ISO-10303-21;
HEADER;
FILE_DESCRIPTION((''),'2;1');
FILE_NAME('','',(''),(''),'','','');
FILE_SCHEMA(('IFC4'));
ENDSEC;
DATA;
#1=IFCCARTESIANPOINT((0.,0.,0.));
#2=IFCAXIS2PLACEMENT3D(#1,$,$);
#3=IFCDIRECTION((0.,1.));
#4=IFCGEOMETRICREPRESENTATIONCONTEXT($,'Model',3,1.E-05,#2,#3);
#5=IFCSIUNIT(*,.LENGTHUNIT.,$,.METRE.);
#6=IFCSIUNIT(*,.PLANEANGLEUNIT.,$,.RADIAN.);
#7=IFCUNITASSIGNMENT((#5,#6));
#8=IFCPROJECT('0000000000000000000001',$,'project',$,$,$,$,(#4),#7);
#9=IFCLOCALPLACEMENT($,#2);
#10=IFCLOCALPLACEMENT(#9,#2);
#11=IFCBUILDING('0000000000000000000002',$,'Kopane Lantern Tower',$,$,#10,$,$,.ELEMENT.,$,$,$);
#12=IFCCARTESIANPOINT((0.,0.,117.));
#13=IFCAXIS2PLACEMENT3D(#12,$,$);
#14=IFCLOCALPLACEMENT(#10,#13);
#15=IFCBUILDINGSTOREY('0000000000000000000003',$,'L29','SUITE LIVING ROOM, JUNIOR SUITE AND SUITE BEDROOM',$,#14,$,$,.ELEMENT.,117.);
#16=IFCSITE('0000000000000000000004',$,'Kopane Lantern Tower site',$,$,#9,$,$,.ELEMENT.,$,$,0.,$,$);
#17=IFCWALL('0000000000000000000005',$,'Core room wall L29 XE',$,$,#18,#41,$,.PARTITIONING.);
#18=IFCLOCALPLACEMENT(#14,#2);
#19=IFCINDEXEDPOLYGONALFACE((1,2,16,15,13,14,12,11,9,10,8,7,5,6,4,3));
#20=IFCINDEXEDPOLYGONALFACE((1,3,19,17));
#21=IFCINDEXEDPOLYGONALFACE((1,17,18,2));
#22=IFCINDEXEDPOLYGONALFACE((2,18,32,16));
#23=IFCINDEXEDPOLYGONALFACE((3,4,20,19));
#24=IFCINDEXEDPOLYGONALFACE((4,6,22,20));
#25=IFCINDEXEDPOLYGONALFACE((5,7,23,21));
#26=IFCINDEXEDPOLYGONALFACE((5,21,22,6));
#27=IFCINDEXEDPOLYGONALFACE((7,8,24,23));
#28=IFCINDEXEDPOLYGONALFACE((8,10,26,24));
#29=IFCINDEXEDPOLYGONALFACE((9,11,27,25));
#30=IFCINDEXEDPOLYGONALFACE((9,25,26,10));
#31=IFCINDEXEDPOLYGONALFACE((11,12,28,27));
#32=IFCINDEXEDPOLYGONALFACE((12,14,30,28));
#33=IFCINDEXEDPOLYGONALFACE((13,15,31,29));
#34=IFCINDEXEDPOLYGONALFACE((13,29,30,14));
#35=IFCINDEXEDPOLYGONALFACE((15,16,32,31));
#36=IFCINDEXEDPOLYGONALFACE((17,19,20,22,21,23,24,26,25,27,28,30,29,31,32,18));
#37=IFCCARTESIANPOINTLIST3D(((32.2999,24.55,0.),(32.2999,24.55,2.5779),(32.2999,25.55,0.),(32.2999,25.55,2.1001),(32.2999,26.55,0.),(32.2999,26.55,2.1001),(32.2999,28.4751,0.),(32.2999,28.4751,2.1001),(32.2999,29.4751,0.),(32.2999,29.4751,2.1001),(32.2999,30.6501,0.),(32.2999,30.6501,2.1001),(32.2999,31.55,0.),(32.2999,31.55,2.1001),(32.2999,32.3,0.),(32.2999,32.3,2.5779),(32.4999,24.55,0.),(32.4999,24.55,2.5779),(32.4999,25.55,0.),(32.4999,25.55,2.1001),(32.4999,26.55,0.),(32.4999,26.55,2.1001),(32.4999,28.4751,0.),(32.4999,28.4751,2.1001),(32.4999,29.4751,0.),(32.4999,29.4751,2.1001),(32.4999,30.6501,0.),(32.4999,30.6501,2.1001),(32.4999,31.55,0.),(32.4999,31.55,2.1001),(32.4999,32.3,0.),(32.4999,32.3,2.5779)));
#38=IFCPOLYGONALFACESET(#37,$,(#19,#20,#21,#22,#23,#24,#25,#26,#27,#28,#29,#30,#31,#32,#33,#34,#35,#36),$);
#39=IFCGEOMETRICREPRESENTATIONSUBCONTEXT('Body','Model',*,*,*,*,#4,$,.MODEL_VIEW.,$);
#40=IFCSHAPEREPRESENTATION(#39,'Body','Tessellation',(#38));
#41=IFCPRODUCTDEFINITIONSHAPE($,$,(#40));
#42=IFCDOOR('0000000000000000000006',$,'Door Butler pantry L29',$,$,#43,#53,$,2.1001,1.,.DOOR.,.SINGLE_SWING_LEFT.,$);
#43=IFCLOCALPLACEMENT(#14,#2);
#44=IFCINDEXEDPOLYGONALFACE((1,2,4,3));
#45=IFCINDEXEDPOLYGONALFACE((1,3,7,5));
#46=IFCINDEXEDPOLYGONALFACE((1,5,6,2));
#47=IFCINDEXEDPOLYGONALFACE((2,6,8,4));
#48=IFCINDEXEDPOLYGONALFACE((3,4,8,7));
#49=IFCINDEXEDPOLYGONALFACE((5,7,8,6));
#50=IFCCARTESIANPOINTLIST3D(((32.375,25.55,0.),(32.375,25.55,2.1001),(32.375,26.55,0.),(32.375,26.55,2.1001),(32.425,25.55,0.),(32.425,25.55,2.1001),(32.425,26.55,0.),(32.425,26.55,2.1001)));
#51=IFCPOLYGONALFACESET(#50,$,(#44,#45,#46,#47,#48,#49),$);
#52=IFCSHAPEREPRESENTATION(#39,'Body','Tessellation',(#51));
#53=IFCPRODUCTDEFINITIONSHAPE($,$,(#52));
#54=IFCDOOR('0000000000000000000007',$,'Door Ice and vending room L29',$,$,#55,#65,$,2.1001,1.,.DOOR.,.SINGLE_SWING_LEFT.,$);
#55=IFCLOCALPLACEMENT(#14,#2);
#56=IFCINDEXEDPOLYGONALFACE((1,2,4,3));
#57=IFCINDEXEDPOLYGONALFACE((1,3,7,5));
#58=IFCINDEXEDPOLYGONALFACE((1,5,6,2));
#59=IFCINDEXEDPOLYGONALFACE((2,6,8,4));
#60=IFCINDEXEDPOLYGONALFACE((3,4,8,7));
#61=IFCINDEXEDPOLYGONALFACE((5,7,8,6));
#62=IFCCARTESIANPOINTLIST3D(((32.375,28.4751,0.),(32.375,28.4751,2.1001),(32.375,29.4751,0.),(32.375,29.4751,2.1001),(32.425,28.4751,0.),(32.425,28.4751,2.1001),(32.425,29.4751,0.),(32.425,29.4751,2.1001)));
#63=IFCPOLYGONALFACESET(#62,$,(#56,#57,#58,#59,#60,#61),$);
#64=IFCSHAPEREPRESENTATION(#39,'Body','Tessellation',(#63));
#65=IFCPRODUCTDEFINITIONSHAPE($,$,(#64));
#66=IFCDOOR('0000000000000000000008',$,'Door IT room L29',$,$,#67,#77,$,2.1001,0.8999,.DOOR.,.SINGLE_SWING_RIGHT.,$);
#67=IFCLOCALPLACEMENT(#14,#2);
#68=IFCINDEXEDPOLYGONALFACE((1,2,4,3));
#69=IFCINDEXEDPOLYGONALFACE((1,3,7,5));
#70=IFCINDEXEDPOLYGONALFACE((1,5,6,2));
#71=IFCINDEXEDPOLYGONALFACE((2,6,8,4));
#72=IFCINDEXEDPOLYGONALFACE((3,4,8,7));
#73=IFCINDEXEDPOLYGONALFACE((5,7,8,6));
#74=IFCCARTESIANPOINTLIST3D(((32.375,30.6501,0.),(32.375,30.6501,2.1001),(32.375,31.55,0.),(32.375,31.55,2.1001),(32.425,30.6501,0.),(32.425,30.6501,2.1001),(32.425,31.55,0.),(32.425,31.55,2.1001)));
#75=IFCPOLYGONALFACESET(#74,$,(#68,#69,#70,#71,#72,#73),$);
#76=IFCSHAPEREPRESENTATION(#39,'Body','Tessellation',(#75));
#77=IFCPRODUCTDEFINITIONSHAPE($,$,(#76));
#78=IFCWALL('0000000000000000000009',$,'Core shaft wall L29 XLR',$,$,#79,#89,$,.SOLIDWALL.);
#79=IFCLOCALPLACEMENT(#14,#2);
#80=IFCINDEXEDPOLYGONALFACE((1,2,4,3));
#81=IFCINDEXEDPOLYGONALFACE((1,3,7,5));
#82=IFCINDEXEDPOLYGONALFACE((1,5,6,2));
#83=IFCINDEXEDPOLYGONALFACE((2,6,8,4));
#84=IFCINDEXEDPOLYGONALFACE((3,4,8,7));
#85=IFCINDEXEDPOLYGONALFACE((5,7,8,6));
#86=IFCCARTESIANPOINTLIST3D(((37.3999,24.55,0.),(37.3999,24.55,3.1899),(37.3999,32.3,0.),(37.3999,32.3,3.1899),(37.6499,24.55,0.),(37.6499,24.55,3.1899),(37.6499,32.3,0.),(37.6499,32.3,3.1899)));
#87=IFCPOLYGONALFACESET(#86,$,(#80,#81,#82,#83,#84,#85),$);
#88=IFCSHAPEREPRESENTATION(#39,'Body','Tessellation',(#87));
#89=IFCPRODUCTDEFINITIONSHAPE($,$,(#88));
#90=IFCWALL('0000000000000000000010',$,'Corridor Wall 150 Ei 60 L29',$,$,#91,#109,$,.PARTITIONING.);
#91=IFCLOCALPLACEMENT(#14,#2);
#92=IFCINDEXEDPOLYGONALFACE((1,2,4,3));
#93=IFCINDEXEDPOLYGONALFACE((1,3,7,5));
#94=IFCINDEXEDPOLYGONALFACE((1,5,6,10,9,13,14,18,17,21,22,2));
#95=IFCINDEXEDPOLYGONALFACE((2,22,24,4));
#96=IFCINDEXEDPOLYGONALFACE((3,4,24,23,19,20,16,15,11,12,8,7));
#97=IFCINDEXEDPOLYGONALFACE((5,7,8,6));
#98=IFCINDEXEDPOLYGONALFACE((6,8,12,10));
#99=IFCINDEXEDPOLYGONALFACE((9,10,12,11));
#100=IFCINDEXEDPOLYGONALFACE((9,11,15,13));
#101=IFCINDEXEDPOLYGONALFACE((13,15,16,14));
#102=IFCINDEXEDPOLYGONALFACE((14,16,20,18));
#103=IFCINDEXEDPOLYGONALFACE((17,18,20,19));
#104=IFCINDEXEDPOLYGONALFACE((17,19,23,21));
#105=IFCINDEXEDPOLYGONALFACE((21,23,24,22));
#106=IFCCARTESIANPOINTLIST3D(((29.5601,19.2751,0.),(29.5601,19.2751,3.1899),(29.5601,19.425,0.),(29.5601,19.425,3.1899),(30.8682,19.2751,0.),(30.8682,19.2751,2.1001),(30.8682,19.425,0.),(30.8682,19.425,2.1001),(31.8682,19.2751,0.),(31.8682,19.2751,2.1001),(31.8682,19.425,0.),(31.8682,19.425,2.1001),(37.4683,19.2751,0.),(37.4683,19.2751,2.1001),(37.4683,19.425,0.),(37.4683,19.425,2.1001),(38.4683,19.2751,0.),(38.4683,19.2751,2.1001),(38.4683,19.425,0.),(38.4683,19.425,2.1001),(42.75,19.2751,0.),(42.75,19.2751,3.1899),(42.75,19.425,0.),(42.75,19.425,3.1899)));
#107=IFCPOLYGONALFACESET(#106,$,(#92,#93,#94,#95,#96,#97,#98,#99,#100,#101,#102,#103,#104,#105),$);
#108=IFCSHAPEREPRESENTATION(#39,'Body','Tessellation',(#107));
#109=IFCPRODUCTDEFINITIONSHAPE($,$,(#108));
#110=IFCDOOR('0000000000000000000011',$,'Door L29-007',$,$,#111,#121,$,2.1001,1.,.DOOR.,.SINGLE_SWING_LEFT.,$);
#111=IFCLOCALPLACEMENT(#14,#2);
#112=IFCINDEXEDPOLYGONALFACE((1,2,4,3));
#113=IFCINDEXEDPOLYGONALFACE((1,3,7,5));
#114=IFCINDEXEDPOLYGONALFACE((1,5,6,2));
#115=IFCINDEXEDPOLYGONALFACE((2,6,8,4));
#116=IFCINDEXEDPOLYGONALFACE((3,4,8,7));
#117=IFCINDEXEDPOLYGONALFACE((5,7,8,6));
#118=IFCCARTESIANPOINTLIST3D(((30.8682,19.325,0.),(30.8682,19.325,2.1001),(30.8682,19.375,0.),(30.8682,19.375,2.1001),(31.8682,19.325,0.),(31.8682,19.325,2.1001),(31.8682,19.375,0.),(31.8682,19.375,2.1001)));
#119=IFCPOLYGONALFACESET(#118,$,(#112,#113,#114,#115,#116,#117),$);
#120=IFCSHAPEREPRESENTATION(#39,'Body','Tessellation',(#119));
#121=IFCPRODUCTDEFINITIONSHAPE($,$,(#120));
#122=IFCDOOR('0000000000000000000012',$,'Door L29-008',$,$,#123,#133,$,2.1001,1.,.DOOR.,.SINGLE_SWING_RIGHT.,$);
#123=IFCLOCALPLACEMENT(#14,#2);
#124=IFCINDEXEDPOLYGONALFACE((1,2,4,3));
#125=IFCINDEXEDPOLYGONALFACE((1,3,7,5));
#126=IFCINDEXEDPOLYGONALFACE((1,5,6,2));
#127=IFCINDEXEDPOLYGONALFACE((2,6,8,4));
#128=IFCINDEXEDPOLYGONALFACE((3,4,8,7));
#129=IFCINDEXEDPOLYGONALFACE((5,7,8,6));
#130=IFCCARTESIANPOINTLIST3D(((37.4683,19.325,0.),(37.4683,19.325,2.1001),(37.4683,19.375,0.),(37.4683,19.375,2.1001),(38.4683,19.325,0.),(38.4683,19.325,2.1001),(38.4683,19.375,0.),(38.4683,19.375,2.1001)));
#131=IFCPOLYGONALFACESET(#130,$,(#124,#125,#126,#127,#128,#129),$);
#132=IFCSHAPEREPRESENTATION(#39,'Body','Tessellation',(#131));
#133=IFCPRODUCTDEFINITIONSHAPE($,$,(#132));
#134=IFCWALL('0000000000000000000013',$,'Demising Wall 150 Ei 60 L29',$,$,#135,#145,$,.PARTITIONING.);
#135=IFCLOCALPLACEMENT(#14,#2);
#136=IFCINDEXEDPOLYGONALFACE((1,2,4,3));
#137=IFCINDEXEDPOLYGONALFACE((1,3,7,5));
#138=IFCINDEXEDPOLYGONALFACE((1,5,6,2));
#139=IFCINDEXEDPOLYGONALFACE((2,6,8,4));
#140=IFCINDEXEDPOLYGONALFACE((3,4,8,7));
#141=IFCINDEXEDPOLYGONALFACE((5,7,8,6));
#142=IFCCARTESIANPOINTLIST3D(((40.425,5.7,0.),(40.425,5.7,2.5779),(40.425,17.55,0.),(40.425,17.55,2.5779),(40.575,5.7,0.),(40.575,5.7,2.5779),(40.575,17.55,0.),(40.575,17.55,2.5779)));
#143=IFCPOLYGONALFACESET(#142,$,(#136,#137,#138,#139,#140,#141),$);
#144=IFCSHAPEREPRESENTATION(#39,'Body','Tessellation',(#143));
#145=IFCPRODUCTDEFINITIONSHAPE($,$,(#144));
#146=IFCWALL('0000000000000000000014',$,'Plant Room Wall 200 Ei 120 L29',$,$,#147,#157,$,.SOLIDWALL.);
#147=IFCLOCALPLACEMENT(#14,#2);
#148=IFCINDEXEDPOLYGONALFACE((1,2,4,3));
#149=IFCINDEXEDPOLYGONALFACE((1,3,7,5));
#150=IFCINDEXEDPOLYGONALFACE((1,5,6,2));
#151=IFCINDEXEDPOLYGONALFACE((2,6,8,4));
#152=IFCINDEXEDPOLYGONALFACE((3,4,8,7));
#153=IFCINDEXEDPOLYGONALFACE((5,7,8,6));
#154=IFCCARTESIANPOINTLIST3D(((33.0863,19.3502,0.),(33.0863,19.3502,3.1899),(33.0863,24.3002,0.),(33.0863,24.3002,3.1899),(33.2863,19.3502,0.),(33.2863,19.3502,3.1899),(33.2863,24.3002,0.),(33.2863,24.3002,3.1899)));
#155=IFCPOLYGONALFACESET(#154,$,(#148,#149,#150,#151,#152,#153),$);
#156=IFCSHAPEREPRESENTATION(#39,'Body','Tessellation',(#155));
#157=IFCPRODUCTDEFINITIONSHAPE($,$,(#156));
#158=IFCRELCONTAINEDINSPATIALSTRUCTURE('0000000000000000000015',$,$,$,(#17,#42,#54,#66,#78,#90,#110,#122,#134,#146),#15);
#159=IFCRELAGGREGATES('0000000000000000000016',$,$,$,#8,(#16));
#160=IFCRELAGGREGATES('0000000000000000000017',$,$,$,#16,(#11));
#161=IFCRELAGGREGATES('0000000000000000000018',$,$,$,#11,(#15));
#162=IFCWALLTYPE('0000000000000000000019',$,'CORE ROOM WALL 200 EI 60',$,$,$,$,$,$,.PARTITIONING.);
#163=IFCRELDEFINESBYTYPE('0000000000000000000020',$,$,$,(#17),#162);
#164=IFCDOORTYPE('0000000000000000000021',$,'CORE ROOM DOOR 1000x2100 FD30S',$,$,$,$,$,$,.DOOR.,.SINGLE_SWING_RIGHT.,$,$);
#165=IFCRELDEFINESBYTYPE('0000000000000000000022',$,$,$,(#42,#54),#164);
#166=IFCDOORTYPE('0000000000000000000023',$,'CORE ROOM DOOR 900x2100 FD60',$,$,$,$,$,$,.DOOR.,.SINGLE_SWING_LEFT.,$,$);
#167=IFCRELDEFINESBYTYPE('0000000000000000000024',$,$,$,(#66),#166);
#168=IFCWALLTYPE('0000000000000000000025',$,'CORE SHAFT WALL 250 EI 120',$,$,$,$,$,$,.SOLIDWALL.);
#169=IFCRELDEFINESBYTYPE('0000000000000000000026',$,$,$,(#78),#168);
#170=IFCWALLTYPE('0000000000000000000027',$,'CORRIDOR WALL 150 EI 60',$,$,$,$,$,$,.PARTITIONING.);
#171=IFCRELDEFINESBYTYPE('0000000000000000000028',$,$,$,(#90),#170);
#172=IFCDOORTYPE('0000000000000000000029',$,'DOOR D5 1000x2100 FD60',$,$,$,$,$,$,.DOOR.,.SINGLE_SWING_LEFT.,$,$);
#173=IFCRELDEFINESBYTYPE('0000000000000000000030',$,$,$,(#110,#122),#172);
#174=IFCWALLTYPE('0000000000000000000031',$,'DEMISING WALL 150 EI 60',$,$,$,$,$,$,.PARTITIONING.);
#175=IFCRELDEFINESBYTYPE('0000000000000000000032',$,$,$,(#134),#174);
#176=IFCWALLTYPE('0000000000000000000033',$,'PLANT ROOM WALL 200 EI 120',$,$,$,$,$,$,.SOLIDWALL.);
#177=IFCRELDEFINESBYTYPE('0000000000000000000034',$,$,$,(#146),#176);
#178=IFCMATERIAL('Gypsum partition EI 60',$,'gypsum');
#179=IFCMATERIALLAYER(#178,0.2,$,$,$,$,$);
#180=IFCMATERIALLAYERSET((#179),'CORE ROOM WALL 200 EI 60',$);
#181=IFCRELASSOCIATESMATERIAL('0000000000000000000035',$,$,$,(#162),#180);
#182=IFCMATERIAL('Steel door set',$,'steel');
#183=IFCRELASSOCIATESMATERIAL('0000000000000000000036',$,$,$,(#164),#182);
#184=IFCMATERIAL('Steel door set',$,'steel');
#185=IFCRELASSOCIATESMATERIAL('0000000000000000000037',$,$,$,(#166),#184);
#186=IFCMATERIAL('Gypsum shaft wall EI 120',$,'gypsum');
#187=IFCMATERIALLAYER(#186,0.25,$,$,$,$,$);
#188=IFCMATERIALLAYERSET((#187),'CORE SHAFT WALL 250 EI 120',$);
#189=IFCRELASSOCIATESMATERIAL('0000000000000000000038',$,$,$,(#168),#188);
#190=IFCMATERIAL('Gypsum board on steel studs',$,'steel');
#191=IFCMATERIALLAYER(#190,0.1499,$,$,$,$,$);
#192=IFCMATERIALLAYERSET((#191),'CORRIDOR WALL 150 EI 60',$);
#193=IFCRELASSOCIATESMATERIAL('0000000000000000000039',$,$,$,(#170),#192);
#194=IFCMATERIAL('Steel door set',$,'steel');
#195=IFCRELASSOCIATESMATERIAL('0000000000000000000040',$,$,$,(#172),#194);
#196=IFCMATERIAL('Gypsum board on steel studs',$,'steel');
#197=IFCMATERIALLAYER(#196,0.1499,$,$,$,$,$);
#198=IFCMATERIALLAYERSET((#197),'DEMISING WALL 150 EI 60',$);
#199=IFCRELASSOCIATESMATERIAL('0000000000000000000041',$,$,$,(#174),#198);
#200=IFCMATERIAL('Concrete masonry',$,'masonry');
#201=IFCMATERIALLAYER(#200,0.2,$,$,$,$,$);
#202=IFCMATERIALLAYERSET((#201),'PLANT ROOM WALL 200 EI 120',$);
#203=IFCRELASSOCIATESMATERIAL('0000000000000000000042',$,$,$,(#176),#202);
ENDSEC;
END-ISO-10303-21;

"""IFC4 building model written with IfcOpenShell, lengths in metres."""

from ifc_helpers import new_model, si_unit, direction, frame, frame_2d, origin, place, context, subcontext, project, spatial, rectangle, extrude, material, layer, layer_set, type_object, element, fill, save


model = new_model("IFC4")

# Units and contexts
model_context = context("Model", 3, precision=1e-05, world=origin(), true_north=direction((0.0, 1.0)))
body_context = subcontext(model_context, "Body", "Model", "MODEL_VIEW")
ifc_project = project(units=[si_unit("LENGTHUNIT", "METRE"), si_unit("PLANEANGLEUNIT", "RADIAN")], contexts=[model_context])

# Site, building, storey
site_placement = place(None, origin())
site = spatial("IfcSite", under=ifc_project, at=site_placement, Name="Kopane Lantern Tower site", CompositionType="ELEMENT", RefElevation=0.0)
building_placement = place(site_placement, origin())
building = spatial("IfcBuilding", under=site, at=building_placement, Name="Kopane Lantern Tower", CompositionType="ELEMENT")
storey_placement = place(building_placement, frame((0.0, 0.0, 117.0)))
storey = spatial("IfcBuildingStorey", under=building, at=storey_placement, Name="L29", Description="SUITE LIVING ROOM, JUNIOR SUITE AND SUITE BEDROOM", CompositionType="ELEMENT", Elevation=117.0)

# Wall, openings, doors
ifc_material_1 = material(Name="Gypsum partition EI 60", Category="gypsum")
ifc_layer_1 = layer(ifc_material_1, 0.2)
ifc_layer_set_1 = layer_set([ifc_layer_1], Name="CORE ROOM WALL 200 EI 60")
wall_type_1 = type_object("IfcWallType", Name="CORE ROOM WALL 200 EI 60", PredefinedType="PARTITIONING", material=ifc_layer_set_1)
wall_1_placement = place(storey_placement, frame((32.3999, 24.55, 0.0), z_axis=(0.0, 0.0, 1.0), x_axis=(0.0, 1.0, 0.0)))
wall_1 = element("IfcWall", 1, at=wall_1_placement, inside=storey, type_object=wall_type_1, Name="Core room wall L29 XE", PredefinedType="PARTITIONING", context=body_context, shape_type="SweptSolid", body=[
    extrude(rectangle(XDim=7.75, YDim=0.2, at=frame_2d((3.875, 0.0))), origin(), (0.0, 0.0, 1.0), 2.5779),
])
opening_1_placement = place(wall_1_placement, frame((1.0, 0.0, 0.0)))
opening_1 = element("IfcOpeningElement", 2, at=opening_1_placement, cuts=wall_1, PredefinedType="OPENING", context=body_context, shape_type="SweptSolid", body=[
    extrude(rectangle(XDim=1.0, YDim=2.1001, at=frame_2d((0.5, 1.05))), frame((0.0, 0.1099, 0.0), z_axis=(0.0, -1.0, 0.0), x_axis=(1.0, 0.0, 0.0)), (0.0, 0.0, 1.0), 0.22),
])
opening_2_placement = place(wall_1_placement, frame((3.925, 0.0, 0.0)))
opening_2 = element("IfcOpeningElement", 3, at=opening_2_placement, cuts=wall_1, PredefinedType="OPENING", context=body_context, shape_type="SweptSolid", body=[
    extrude(rectangle(XDim=1.0, YDim=2.1001, at=frame_2d((0.5, 1.05))), frame((0.0, 0.1099, 0.0), z_axis=(0.0, -1.0, 0.0), x_axis=(1.0, 0.0, 0.0)), (0.0, 0.0, 1.0), 0.22),
])
opening_3_placement = place(wall_1_placement, frame((6.1001, 0.0, 0.0)))
opening_3 = element("IfcOpeningElement", 4, at=opening_3_placement, cuts=wall_1, PredefinedType="OPENING", context=body_context, shape_type="SweptSolid", body=[
    extrude(rectangle(XDim=0.8999, YDim=2.1001, at=frame_2d((0.45, 1.05))), frame((0.0, 0.1099, 0.0), z_axis=(0.0, -1.0, 0.0), x_axis=(1.0, 0.0, 0.0)), (0.0, 0.0, 1.0), 0.22),
])
ifc_material_2 = material(Name="Steel door set", Category="steel")
door_type_1 = type_object("IfcDoorType", Name="CORE ROOM DOOR 1000x2100 FD30S", OperationType="SINGLE_SWING_RIGHT", PredefinedType="DOOR", material=ifc_material_2)
door_1_placement = place(opening_1_placement, origin())
door_1 = element("IfcDoor", 5, at=door_1_placement, inside=storey, type_object=door_type_1, Name="Door Butler pantry L29", OperationType="SINGLE_SWING_LEFT", OverallHeight=2.1001, OverallWidth=1.0, PredefinedType="DOOR", context=body_context, shape_type="SweptSolid", body=[
    extrude(rectangle(XDim=1.0, YDim=2.1001, at=frame_2d((0.5, 1.05))), frame((0.0, 0.0249, 0.0), z_axis=(0.0, -1.0, 0.0), x_axis=(1.0, 0.0, 0.0)), (0.0, 0.0, 1.0), 0.05),
])
fill(opening_1, door_1)
door_2_placement = place(opening_2_placement, origin())
door_2 = element("IfcDoor", 6, at=door_2_placement, inside=storey, type_object=door_type_1, Name="Door Ice and vending room L29", OperationType="SINGLE_SWING_LEFT", OverallHeight=2.1001, OverallWidth=1.0, PredefinedType="DOOR", context=body_context, shape_type="SweptSolid", body=[
    extrude(rectangle(XDim=1.0, YDim=2.1001, at=frame_2d((0.5, 1.05))), frame((0.0, 0.0249, 0.0), z_axis=(0.0, -1.0, 0.0), x_axis=(1.0, 0.0, 0.0)), (0.0, 0.0, 1.0), 0.05),
])
fill(opening_2, door_2)
ifc_material_3 = material(Name="Steel door set", Category="steel")
door_type_2 = type_object("IfcDoorType", Name="CORE ROOM DOOR 900x2100 FD60", OperationType="SINGLE_SWING_LEFT", PredefinedType="DOOR", material=ifc_material_3)
door_3_placement = place(opening_3_placement, origin())
door_3 = element("IfcDoor", 7, at=door_3_placement, inside=storey, type_object=door_type_2, Name="Door IT room L29", OperationType="SINGLE_SWING_RIGHT", OverallHeight=2.1001, OverallWidth=0.8999, PredefinedType="DOOR", context=body_context, shape_type="SweptSolid", body=[
    extrude(rectangle(XDim=0.8999, YDim=2.1001, at=frame_2d((0.45, 1.05))), frame((0.0, 0.0249, 0.0), z_axis=(0.0, -1.0, 0.0), x_axis=(1.0, 0.0, 0.0)), (0.0, 0.0, 1.0), 0.05),
])
fill(opening_3, door_3)

# Wall
ifc_material_4 = material(Name="Gypsum shaft wall EI 120", Category="gypsum")
ifc_layer_2 = layer(ifc_material_4, 0.25)
ifc_layer_set_2 = layer_set([ifc_layer_2], Name="CORE SHAFT WALL 250 EI 120")
wall_type_2 = type_object("IfcWallType", Name="CORE SHAFT WALL 250 EI 120", PredefinedType="SOLIDWALL", material=ifc_layer_set_2)
wall_2_placement = place(storey_placement, frame((37.5249, 24.55, 0.0), z_axis=(0.0, 0.0, 1.0), x_axis=(0.0, 1.0, 0.0)))
element("IfcWall", 8, at=wall_2_placement, inside=storey, type_object=wall_type_2, Name="Core shaft wall L29 XLR", PredefinedType="SOLIDWALL", context=body_context, shape_type="SweptSolid", body=[
    extrude(rectangle(XDim=7.75, YDim=0.25, at=frame_2d((3.875, 0.0))), origin(), (0.0, 0.0, 1.0), 3.1899),
])

# Wall, openings, doors
ifc_material_5 = material(Name="Gypsum board on steel studs", Category="steel")
ifc_layer_3 = layer(ifc_material_5, 0.1499)
ifc_layer_set_3 = layer_set([ifc_layer_3], Name="CORRIDOR WALL 150 EI 60")
wall_type_3 = type_object("IfcWallType", Name="CORRIDOR WALL 150 EI 60", PredefinedType="PARTITIONING", material=ifc_layer_set_3)
wall_3_placement = place(storey_placement, frame((29.5601, 19.3501, 0.0), z_axis=(0.0, 0.0, 1.0), x_axis=(1.0, 0.0, 0.0)))
wall_3 = element("IfcWall", 9, at=wall_3_placement, inside=storey, type_object=wall_type_3, Name="Corridor Wall 150 Ei 60 L29", PredefinedType="PARTITIONING", context=body_context, shape_type="SweptSolid", body=[
    extrude(rectangle(XDim=13.1899, YDim=0.1499, at=frame_2d((6.595, 0.0))), origin(), (0.0, 0.0, 1.0), 3.1899),
])
opening_4_placement = place(wall_3_placement, frame((1.3081, 0.0, 0.0)))
opening_4 = element("IfcOpeningElement", 10, at=opening_4_placement, cuts=wall_3, PredefinedType="OPENING", context=body_context, shape_type="SweptSolid", body=[
    extrude(rectangle(XDim=1.0, YDim=2.1001, at=frame_2d((0.5, 1.05))), frame((0.0, 0.085, 0.0), z_axis=(0.0, -1.0, 0.0), x_axis=(1.0, 0.0, 0.0)), (0.0, 0.0, 1.0), 0.1699),
])
opening_5_placement = place(wall_3_placement, frame((7.9082, 0.0, 0.0)))
opening_5 = element("IfcOpeningElement", 11, at=opening_5_placement, cuts=wall_3, PredefinedType="OPENING", context=body_context, shape_type="SweptSolid", body=[
    extrude(rectangle(XDim=1.0, YDim=2.1001, at=frame_2d((0.5, 1.05))), frame((0.0, 0.085, 0.0), z_axis=(0.0, -1.0, 0.0), x_axis=(1.0, 0.0, 0.0)), (0.0, 0.0, 1.0), 0.1699),
])
ifc_material_6 = material(Name="Steel door set", Category="steel")
door_type_3 = type_object("IfcDoorType", Name="DOOR D5 1000x2100 FD60", OperationType="SINGLE_SWING_LEFT", PredefinedType="DOOR", material=ifc_material_6)
door_4_placement = place(opening_4_placement, origin())
door_4 = element("IfcDoor", 12, at=door_4_placement, inside=storey, type_object=door_type_3, Name="Door L29-007", OperationType="SINGLE_SWING_LEFT", OverallHeight=2.1001, OverallWidth=1.0, PredefinedType="DOOR", context=body_context, shape_type="SweptSolid", body=[
    extrude(rectangle(XDim=1.0, YDim=2.1001, at=frame_2d((0.5, 1.05))), frame((0.0, 0.0249, 0.0), z_axis=(0.0, -1.0, 0.0), x_axis=(1.0, 0.0, 0.0)), (0.0, 0.0, 1.0), 0.05),
])
fill(opening_4, door_4)
door_5_placement = place(opening_5_placement, origin())
door_5 = element("IfcDoor", 13, at=door_5_placement, inside=storey, type_object=door_type_3, Name="Door L29-008", OperationType="SINGLE_SWING_RIGHT", OverallHeight=2.1001, OverallWidth=1.0, PredefinedType="DOOR", context=body_context, shape_type="SweptSolid", body=[
    extrude(rectangle(XDim=1.0, YDim=2.1001, at=frame_2d((0.5, 1.05))), frame((0.0, 0.0249, 0.0), z_axis=(0.0, -1.0, 0.0), x_axis=(1.0, 0.0, 0.0)), (0.0, 0.0, 1.0), 0.05),
])
fill(opening_5, door_5)

# Walls
ifc_material_7 = material(Name="Gypsum board on steel studs", Category="steel")
ifc_layer_4 = layer(ifc_material_7, 0.1499)
ifc_layer_set_4 = layer_set([ifc_layer_4], Name="DEMISING WALL 150 EI 60")
wall_type_4 = type_object("IfcWallType", Name="DEMISING WALL 150 EI 60", PredefinedType="PARTITIONING", material=ifc_layer_set_4)
wall_4_placement = place(storey_placement, frame((40.5, 17.55, 0.0), z_axis=(0.0, 0.0, 1.0), x_axis=(0.0, -1.0, 0.0)))
element("IfcWall", 14, at=wall_4_placement, inside=storey, type_object=wall_type_4, Name="Demising Wall 150 Ei 60 L29", PredefinedType="PARTITIONING", context=body_context, shape_type="SweptSolid", body=[
    extrude(rectangle(XDim=11.8501, YDim=0.1499, at=frame_2d((5.925, 0.0))), origin(), (0.0, 0.0, 1.0), 2.5779),
])
ifc_material_8 = material(Name="Concrete masonry", Category="masonry")
ifc_layer_5 = layer(ifc_material_8, 0.2)
ifc_layer_set_5 = layer_set([ifc_layer_5], Name="PLANT ROOM WALL 200 EI 120")
wall_type_5 = type_object("IfcWallType", Name="PLANT ROOM WALL 200 EI 120", PredefinedType="SOLIDWALL", material=ifc_layer_set_5)
for number, where, z_axis, x_axis, name in (
    (15, (33.1863, 19.3501, 0.0), (0.0, 0.0, 1.0), (0.0, 1.0, 0.0), "Plant Room Wall 200 Ei 120 L29"),
):
    element("IfcWall", number, at=place(storey_placement, frame(where, z_axis=z_axis, x_axis=x_axis)), inside=storey, type_object=wall_type_5, Name=name, PredefinedType="SOLIDWALL", context=body_context, shape_type="SweptSolid", body=[
        extrude(rectangle(XDim=4.95, YDim=0.2, at=frame_2d((2.4751, 0.0))), origin(), (0.0, 0.0, 1.0), 3.1899),
    ])

save(model, "model.ifc")
